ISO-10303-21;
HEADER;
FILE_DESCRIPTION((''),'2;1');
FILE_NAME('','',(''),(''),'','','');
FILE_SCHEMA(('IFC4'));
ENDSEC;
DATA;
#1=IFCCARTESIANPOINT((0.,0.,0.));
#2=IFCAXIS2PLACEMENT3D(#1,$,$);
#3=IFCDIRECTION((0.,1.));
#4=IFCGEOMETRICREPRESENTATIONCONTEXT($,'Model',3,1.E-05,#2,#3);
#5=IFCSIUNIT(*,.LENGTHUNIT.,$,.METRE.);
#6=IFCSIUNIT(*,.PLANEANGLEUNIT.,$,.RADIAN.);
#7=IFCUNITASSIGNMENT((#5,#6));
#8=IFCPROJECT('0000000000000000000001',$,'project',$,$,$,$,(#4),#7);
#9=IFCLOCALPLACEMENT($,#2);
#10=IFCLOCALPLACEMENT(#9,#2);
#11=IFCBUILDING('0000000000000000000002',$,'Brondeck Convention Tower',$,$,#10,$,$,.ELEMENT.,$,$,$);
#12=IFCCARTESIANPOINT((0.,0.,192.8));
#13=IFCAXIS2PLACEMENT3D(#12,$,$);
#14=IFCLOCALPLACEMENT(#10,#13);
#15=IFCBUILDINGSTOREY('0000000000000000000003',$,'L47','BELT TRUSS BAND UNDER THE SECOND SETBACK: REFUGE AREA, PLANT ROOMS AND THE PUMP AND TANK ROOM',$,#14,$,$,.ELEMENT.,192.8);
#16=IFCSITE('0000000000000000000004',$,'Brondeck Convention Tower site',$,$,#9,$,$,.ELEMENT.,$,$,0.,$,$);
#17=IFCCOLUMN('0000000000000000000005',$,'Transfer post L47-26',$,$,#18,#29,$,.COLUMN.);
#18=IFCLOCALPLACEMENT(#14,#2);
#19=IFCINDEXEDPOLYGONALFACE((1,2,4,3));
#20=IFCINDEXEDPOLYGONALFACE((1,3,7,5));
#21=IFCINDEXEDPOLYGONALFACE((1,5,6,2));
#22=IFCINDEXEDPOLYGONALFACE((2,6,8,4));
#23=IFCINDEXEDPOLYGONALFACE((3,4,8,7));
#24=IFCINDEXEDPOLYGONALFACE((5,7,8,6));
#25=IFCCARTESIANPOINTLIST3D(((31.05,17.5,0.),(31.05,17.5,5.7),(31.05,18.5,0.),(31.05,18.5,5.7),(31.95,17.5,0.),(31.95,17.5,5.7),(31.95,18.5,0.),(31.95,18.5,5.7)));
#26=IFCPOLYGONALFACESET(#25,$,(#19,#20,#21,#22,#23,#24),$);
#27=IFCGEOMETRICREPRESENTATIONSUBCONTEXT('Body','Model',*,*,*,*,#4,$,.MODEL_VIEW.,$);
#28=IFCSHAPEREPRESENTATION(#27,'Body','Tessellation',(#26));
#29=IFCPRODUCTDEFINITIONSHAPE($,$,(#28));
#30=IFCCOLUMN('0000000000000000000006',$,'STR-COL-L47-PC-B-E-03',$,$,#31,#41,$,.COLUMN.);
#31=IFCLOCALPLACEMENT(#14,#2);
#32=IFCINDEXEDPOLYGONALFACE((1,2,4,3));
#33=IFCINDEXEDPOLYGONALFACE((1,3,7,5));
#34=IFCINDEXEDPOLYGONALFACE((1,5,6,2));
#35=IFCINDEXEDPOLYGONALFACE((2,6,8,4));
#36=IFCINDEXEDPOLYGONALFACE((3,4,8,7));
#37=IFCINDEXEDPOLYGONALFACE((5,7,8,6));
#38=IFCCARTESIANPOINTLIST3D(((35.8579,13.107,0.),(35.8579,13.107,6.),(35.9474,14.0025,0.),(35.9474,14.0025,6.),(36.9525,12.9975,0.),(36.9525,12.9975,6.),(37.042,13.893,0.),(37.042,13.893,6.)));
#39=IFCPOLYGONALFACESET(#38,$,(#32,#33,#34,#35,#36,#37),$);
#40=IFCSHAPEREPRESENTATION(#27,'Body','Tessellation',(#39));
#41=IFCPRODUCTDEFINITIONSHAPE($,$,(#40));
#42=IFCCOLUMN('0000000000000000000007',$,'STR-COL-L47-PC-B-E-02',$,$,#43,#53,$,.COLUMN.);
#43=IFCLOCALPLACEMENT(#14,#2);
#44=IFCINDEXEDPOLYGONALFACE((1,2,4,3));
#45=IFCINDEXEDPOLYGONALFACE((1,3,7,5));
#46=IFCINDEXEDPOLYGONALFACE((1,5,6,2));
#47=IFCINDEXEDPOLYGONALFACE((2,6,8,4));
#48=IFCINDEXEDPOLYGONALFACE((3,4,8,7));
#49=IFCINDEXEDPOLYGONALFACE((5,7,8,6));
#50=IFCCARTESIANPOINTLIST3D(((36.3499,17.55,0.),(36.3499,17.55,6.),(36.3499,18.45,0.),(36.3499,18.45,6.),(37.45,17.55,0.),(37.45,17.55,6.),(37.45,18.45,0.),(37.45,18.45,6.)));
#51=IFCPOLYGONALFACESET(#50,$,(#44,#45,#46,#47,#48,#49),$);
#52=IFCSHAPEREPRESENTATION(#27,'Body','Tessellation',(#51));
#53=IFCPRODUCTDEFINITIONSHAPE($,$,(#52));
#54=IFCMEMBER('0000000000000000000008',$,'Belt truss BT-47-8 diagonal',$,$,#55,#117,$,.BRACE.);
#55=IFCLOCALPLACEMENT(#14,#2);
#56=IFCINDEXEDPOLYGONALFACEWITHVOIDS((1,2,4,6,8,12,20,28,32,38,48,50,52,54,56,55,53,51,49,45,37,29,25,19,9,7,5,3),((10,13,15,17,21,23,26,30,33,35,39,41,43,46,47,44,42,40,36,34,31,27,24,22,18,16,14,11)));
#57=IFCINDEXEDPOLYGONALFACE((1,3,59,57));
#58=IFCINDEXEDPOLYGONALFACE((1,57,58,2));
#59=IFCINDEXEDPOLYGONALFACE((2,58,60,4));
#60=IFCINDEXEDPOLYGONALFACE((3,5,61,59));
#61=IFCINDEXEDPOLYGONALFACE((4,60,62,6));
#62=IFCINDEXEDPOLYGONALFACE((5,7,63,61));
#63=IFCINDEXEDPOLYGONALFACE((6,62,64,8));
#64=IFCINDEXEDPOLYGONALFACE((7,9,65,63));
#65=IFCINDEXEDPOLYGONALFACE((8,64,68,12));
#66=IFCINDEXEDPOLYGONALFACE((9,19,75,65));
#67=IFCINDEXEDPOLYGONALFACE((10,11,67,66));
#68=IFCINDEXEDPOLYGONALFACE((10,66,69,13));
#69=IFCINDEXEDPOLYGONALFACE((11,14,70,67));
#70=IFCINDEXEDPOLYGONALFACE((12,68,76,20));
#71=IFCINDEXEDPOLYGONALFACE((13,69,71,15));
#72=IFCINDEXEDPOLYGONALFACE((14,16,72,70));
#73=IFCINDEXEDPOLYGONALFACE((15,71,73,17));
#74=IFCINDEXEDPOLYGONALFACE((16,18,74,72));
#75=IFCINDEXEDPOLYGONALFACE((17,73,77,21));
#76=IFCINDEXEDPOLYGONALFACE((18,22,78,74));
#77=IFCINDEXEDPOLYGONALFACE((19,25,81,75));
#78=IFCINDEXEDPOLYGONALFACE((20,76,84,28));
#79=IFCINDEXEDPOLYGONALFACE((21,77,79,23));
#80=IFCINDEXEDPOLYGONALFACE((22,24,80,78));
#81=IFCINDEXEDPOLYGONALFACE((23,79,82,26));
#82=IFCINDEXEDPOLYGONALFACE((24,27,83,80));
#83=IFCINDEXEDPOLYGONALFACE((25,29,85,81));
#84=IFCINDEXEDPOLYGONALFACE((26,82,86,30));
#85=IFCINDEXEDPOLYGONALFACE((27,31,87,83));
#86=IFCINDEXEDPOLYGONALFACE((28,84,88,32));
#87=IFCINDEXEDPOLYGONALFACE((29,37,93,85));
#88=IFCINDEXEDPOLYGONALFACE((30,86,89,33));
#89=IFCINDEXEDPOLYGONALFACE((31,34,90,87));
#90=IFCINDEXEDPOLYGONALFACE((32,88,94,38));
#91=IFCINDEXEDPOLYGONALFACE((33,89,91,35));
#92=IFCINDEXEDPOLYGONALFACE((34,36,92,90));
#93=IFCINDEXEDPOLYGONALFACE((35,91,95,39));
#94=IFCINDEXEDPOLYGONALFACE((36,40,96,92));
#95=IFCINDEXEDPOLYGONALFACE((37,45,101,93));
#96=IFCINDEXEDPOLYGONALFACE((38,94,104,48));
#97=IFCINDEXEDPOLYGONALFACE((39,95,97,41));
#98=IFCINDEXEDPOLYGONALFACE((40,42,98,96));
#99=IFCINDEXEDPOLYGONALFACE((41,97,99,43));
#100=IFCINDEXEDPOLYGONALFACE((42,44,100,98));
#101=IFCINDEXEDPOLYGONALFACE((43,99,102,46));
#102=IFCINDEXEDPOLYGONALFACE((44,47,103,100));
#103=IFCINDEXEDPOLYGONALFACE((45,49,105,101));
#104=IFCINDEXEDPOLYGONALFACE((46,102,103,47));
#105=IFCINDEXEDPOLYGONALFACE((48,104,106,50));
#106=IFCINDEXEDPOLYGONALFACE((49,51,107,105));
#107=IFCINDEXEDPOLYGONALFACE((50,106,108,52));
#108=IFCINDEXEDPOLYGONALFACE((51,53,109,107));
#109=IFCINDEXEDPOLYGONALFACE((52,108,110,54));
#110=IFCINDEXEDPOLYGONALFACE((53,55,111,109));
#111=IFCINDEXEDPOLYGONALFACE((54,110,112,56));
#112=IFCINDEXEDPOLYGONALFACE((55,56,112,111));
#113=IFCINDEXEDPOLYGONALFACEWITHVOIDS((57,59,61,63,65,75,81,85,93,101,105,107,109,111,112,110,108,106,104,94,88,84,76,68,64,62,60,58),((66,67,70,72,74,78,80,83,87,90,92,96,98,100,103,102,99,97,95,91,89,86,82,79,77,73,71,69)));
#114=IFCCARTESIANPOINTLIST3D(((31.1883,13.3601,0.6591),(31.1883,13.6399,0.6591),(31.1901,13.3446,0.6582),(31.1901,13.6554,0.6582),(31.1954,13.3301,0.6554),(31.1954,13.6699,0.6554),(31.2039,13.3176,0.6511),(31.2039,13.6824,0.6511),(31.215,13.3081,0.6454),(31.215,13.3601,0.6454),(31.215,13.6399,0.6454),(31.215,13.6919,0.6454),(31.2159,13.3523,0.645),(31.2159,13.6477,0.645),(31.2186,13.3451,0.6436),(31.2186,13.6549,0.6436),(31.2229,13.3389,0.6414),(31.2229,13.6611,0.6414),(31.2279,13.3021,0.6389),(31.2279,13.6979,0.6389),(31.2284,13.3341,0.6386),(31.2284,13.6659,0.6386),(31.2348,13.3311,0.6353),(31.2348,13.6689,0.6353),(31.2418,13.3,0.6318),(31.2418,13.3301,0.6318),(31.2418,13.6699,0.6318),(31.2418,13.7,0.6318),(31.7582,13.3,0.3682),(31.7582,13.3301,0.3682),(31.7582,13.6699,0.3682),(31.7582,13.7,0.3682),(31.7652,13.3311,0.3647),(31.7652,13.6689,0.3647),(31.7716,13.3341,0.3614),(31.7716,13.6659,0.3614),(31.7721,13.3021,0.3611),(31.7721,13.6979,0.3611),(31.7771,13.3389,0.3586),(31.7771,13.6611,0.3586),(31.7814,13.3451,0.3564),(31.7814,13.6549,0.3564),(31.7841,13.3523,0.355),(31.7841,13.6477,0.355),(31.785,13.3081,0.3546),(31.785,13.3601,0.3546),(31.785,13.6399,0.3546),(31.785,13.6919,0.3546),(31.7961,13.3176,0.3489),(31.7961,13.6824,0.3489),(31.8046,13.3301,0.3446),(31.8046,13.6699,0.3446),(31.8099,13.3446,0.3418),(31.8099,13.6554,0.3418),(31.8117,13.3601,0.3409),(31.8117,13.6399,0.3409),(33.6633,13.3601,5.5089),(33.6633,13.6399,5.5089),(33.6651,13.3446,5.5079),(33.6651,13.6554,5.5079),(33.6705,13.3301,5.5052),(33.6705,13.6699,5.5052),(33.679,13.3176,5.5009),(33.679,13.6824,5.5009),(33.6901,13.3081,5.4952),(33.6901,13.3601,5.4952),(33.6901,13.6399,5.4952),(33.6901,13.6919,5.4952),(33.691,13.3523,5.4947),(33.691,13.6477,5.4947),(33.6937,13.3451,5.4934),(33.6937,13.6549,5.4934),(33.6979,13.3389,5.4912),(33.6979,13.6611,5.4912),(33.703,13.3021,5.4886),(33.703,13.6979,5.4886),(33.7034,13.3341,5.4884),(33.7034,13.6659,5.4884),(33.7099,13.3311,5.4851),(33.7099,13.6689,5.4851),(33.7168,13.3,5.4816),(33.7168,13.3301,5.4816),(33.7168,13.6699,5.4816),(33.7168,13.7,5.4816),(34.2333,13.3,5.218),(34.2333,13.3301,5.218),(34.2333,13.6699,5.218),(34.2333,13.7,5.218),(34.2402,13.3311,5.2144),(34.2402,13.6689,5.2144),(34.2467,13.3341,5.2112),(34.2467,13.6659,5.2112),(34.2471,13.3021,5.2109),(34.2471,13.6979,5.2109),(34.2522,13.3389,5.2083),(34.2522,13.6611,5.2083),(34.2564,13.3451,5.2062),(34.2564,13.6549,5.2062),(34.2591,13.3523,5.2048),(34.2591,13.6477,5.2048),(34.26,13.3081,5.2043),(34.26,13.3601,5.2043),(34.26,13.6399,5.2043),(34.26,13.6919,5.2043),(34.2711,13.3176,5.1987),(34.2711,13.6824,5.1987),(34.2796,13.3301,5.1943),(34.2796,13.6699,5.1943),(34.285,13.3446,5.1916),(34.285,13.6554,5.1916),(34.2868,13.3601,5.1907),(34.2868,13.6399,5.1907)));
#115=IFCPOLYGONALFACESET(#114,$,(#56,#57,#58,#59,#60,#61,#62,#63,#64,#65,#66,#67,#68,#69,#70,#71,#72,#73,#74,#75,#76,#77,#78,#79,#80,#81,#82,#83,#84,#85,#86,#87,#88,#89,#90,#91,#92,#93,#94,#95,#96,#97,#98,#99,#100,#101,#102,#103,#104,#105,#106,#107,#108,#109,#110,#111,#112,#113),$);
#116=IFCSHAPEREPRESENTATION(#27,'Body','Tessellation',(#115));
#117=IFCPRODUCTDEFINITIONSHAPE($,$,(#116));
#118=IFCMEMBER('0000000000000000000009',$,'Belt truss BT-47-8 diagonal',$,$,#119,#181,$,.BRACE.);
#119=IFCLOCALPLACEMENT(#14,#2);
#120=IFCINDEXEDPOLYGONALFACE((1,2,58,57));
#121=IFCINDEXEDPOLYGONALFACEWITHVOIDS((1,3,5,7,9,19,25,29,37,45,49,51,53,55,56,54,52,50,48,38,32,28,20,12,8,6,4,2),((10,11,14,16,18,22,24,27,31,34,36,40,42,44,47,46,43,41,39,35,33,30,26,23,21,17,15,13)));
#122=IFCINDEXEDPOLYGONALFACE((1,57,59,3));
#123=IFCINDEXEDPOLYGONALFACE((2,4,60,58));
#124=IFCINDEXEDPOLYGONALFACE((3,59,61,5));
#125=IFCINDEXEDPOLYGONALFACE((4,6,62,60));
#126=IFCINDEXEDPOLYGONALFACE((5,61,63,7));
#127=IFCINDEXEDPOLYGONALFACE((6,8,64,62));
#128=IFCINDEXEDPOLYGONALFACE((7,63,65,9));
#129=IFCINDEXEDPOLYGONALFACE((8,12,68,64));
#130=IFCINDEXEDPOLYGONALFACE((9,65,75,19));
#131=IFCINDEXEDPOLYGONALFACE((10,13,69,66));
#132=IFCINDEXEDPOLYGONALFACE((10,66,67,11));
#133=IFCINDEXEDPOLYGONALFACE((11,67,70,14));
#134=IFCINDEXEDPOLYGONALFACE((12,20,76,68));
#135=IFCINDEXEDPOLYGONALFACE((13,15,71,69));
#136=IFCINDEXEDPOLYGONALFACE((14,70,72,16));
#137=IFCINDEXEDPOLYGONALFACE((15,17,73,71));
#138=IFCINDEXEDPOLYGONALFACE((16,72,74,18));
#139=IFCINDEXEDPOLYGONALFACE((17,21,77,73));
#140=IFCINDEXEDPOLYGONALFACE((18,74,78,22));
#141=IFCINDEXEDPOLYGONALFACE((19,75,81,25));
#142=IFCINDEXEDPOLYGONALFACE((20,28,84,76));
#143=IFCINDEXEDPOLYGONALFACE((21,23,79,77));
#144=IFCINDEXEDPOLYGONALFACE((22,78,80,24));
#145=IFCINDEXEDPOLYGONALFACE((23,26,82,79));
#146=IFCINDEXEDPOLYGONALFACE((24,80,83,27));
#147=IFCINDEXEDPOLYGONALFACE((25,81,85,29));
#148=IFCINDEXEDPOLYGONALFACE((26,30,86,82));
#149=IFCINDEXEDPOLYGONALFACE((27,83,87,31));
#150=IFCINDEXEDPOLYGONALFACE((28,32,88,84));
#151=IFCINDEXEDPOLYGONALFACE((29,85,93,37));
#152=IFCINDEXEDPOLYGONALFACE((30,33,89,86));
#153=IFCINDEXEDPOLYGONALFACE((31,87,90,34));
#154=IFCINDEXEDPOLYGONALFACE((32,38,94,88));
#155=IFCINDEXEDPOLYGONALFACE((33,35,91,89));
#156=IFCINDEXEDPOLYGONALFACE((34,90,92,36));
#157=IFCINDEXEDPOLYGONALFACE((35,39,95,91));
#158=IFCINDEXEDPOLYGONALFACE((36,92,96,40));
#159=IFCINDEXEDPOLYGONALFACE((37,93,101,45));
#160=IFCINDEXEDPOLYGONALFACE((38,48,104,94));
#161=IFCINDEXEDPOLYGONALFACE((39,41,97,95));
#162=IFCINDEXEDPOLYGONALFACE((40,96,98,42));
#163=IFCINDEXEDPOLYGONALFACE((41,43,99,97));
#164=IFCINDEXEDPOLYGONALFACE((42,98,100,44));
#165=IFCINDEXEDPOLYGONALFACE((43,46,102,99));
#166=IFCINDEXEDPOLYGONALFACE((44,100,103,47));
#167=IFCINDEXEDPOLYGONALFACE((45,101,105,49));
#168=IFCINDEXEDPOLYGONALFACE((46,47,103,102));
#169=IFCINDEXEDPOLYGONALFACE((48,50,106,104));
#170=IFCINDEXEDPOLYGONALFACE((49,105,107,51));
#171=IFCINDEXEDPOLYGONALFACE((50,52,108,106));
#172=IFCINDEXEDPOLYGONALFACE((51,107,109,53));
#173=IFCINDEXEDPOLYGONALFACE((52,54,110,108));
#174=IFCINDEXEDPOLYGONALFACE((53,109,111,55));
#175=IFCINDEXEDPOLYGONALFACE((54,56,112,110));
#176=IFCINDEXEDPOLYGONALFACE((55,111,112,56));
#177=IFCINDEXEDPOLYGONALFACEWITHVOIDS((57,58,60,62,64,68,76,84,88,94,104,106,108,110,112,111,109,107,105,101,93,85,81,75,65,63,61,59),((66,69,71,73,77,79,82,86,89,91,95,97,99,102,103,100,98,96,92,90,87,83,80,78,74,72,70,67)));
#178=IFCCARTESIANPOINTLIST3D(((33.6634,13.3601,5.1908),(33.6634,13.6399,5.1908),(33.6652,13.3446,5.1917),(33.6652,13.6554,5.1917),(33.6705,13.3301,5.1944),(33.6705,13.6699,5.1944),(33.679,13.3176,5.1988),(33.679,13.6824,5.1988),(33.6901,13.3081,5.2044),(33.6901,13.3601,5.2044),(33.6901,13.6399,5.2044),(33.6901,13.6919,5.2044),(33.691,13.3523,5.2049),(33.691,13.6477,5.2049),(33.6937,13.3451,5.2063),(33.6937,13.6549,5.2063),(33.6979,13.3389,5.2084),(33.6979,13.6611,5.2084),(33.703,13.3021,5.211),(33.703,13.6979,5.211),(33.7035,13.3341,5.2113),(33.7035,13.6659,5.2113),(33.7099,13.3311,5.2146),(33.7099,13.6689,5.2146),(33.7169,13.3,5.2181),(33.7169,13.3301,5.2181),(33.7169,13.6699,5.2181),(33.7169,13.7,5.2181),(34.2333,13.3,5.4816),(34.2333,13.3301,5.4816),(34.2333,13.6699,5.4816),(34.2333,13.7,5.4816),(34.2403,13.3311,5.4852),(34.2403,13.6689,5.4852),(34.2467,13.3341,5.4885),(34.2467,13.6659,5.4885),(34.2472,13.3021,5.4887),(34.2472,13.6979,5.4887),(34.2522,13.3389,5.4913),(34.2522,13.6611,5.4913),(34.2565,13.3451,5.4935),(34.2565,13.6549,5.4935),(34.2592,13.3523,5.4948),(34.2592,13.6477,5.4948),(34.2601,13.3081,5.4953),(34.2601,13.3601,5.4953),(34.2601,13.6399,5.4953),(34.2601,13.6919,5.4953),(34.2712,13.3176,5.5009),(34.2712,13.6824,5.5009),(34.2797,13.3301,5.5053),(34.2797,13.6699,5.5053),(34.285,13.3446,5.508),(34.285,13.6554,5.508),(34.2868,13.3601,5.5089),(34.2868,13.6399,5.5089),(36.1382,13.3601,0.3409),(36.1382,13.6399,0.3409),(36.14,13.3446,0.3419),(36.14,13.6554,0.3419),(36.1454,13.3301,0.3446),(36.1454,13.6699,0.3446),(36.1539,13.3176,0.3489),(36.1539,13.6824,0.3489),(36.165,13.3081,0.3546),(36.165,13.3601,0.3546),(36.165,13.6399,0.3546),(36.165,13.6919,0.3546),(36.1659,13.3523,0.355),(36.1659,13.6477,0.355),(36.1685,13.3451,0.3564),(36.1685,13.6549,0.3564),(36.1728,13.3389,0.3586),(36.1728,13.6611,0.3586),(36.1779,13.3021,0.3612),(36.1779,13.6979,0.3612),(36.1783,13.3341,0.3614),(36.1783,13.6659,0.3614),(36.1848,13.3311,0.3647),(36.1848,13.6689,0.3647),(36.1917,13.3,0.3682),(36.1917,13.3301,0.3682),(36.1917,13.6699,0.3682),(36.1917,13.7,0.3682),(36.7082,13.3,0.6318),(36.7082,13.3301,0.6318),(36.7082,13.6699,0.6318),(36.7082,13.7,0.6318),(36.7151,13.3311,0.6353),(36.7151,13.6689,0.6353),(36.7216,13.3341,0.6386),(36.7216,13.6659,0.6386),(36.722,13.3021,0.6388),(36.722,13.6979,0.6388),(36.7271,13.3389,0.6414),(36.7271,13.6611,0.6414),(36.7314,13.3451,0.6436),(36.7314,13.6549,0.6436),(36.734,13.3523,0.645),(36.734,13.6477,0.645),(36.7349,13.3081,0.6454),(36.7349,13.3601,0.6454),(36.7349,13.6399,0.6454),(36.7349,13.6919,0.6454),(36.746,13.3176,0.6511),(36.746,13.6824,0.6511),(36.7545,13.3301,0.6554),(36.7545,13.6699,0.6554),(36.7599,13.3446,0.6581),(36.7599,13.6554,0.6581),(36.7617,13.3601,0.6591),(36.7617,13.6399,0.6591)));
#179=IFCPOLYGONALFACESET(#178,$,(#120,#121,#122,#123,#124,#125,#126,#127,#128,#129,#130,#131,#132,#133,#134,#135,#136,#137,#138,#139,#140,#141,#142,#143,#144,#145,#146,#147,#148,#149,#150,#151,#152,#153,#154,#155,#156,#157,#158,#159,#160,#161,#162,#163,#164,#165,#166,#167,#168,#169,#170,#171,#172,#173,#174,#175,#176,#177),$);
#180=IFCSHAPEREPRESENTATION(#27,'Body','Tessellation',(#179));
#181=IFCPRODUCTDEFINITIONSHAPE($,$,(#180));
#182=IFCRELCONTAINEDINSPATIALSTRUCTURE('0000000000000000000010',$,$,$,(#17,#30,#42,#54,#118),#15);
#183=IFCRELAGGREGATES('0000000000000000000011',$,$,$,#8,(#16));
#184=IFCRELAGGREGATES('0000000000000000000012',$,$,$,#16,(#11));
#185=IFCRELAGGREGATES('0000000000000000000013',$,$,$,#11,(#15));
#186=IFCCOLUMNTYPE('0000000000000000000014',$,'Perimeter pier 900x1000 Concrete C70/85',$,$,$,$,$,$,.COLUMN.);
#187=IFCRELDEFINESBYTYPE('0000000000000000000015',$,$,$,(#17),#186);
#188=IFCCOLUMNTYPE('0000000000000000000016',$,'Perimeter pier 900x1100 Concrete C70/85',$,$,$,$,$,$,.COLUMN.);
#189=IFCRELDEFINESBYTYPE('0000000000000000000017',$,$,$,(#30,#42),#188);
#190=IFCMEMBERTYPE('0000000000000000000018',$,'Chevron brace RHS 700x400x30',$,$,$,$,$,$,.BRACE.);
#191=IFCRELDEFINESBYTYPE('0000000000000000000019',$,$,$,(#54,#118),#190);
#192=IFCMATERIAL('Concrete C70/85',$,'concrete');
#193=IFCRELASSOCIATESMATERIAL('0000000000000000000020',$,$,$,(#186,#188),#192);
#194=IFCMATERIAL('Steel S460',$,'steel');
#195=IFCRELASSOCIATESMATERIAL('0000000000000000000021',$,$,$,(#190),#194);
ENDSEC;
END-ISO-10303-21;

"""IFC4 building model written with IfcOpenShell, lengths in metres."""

from ifc_helpers import new_model, si_unit, direction, frame, origin, origin_2d, place, context, subcontext, project, spatial, rectangle, hollow_rectangle, extrude, material, material_profile, profile_set, type_object, element, save


model = new_model("IFC4")

# Units and contexts
model_context = context("Model", 3, precision=1e-05, world=origin(), true_north=direction((0.0, 1.0)))
body_context = subcontext(model_context, "Body", "Model", "MODEL_VIEW")
ifc_project = project(units=[si_unit("LENGTHUNIT", "METRE"), si_unit("PLANEANGLEUNIT", "RADIAN")], contexts=[model_context])

# Site, building, storey
site_placement = place(None, origin())
site = spatial("IfcSite", under=ifc_project, at=site_placement, Name="Brondeck Convention Tower site", CompositionType="ELEMENT", RefElevation=0.0)
building_placement = place(site_placement, origin())
building = spatial("IfcBuilding", under=site, at=building_placement, Name="Brondeck Convention Tower", CompositionType="ELEMENT")
storey_placement = place(building_placement, frame((0.0, 0.0, 192.8)))
storey = spatial("IfcBuildingStorey", under=building, at=storey_placement, Name="L47", Description="BELT TRUSS BAND UNDER THE SECOND SETBACK: REFUGE AREA, PLANT ROOMS AND THE PUMP AND TANK ROOM", CompositionType="ELEMENT", Elevation=192.8)

# Columns
ifc_material_1 = material(Name="Concrete C70/85", Category="concrete")
ifc_material_profile_1 = material_profile(ifc_material_1, rectangle(XDim=0.8999, YDim=1.0, at=origin_2d()), Name="Perimeter pier 900x1000 Concrete C70/85")
ifc_profile_set_1 = profile_set([ifc_material_profile_1], Name="Concrete C70/85")
column_type_1 = type_object("IfcColumnType", Name="Perimeter pier 900x1000 Concrete C70/85", PredefinedType="COLUMN", material=ifc_profile_set_1)
column_placement = place(storey_placement, frame((31.5, 18.0, 0.0), z_axis=(0.0, 0.0, 1.0), x_axis=(1.0, 0.0, 0.0)))
element("IfcColumn", 1, at=column_placement, inside=storey, type_object=column_type_1, Name="Transfer post L47-26", PredefinedType="COLUMN", context=body_context, shape_type="SweptSolid", body=[
    extrude(rectangle(XDim=0.8999, YDim=1.0, at=origin_2d()), origin(), (0.0, 0.0, 1.0), 5.7),
])
ifc_material_profile_2 = material_profile(ifc_material_1, rectangle(XDim=0.8999, YDim=1.1001, at=origin_2d()), Name="Perimeter pier 900x1100 Concrete C70/85")
ifc_profile_set_2 = profile_set([ifc_material_profile_2], Name="Concrete C70/85")
column_type_2 = type_object("IfcColumnType", Name="Perimeter pier 900x1100 Concrete C70/85", PredefinedType="COLUMN", material=ifc_profile_set_2)
for number, where, z_axis, x_axis, name in (
    (2, (36.45, 13.5, 0.0), (0.0, 0.0, 1.0), (0.099504, 0.995037, 0.0), "STR-COL-L47-PC-B-E-03"),
    (3, (36.8999, 18.0, 0.0), (0.0, 0.0, 1.0), (0.0, 1.0, 0.0), "STR-COL-L47-PC-B-E-02"),
):
    element("IfcColumn", number, at=place(storey_placement, frame(where, z_axis=z_axis, x_axis=x_axis)), inside=storey, type_object=column_type_2, Name=name, PredefinedType="COLUMN", context=body_context, shape_type="SweptSolid", body=[
        extrude(rectangle(XDim=0.8999, YDim=1.1001, at=origin_2d()), origin(), (0.0, 0.0, 1.0), 6.0),
    ])

# Members
ifc_material_2 = material(Name="Steel S460", Category="steel")
ifc_material_profile_3 = material_profile(ifc_material_2, hollow_rectangle(XDim=0.3999, YDim=0.7, WallThickness=0.03, InnerFilletRadius=0.03, OuterFilletRadius=0.0601, at=origin_2d()), Name="RHS 700x400x30")
ifc_profile_set_3 = profile_set([ifc_material_profile_3], Name="Steel S460")
member_type_1 = type_object("IfcMemberType", Name="Chevron brace RHS 700x400x30", PredefinedType="BRACE", material=ifc_profile_set_3)
for number, where, z_axis, x_axis, name in (
    (4, (31.5, 13.5, 0.5), (0.45457, 0.0, 0.890711), (0.0, 1.0, 0.0), "Belt truss BT-47-8 diagonal"),
    (5, (36.45, 13.5, 0.5), (-0.454534, 0.0, 0.890729), (0.0, -1.0, 0.0), "Belt truss BT-47-8 diagonal"),
):
    element("IfcMember", number, at=place(storey_placement, frame(where, z_axis=z_axis, x_axis=x_axis)), inside=storey, type_object=member_type_1, Name=name, PredefinedType="BRACE", context=body_context, shape_type="SweptSolid", body=[
        extrude(hollow_rectangle(XDim=0.3999, YDim=0.7, WallThickness=0.03, InnerFilletRadius=0.03, OuterFilletRadius=0.0601, at=origin_2d()), origin(), (0.0, 0.0, 1.0), 5.4448),
    ])

save(model, "model.ifc")
